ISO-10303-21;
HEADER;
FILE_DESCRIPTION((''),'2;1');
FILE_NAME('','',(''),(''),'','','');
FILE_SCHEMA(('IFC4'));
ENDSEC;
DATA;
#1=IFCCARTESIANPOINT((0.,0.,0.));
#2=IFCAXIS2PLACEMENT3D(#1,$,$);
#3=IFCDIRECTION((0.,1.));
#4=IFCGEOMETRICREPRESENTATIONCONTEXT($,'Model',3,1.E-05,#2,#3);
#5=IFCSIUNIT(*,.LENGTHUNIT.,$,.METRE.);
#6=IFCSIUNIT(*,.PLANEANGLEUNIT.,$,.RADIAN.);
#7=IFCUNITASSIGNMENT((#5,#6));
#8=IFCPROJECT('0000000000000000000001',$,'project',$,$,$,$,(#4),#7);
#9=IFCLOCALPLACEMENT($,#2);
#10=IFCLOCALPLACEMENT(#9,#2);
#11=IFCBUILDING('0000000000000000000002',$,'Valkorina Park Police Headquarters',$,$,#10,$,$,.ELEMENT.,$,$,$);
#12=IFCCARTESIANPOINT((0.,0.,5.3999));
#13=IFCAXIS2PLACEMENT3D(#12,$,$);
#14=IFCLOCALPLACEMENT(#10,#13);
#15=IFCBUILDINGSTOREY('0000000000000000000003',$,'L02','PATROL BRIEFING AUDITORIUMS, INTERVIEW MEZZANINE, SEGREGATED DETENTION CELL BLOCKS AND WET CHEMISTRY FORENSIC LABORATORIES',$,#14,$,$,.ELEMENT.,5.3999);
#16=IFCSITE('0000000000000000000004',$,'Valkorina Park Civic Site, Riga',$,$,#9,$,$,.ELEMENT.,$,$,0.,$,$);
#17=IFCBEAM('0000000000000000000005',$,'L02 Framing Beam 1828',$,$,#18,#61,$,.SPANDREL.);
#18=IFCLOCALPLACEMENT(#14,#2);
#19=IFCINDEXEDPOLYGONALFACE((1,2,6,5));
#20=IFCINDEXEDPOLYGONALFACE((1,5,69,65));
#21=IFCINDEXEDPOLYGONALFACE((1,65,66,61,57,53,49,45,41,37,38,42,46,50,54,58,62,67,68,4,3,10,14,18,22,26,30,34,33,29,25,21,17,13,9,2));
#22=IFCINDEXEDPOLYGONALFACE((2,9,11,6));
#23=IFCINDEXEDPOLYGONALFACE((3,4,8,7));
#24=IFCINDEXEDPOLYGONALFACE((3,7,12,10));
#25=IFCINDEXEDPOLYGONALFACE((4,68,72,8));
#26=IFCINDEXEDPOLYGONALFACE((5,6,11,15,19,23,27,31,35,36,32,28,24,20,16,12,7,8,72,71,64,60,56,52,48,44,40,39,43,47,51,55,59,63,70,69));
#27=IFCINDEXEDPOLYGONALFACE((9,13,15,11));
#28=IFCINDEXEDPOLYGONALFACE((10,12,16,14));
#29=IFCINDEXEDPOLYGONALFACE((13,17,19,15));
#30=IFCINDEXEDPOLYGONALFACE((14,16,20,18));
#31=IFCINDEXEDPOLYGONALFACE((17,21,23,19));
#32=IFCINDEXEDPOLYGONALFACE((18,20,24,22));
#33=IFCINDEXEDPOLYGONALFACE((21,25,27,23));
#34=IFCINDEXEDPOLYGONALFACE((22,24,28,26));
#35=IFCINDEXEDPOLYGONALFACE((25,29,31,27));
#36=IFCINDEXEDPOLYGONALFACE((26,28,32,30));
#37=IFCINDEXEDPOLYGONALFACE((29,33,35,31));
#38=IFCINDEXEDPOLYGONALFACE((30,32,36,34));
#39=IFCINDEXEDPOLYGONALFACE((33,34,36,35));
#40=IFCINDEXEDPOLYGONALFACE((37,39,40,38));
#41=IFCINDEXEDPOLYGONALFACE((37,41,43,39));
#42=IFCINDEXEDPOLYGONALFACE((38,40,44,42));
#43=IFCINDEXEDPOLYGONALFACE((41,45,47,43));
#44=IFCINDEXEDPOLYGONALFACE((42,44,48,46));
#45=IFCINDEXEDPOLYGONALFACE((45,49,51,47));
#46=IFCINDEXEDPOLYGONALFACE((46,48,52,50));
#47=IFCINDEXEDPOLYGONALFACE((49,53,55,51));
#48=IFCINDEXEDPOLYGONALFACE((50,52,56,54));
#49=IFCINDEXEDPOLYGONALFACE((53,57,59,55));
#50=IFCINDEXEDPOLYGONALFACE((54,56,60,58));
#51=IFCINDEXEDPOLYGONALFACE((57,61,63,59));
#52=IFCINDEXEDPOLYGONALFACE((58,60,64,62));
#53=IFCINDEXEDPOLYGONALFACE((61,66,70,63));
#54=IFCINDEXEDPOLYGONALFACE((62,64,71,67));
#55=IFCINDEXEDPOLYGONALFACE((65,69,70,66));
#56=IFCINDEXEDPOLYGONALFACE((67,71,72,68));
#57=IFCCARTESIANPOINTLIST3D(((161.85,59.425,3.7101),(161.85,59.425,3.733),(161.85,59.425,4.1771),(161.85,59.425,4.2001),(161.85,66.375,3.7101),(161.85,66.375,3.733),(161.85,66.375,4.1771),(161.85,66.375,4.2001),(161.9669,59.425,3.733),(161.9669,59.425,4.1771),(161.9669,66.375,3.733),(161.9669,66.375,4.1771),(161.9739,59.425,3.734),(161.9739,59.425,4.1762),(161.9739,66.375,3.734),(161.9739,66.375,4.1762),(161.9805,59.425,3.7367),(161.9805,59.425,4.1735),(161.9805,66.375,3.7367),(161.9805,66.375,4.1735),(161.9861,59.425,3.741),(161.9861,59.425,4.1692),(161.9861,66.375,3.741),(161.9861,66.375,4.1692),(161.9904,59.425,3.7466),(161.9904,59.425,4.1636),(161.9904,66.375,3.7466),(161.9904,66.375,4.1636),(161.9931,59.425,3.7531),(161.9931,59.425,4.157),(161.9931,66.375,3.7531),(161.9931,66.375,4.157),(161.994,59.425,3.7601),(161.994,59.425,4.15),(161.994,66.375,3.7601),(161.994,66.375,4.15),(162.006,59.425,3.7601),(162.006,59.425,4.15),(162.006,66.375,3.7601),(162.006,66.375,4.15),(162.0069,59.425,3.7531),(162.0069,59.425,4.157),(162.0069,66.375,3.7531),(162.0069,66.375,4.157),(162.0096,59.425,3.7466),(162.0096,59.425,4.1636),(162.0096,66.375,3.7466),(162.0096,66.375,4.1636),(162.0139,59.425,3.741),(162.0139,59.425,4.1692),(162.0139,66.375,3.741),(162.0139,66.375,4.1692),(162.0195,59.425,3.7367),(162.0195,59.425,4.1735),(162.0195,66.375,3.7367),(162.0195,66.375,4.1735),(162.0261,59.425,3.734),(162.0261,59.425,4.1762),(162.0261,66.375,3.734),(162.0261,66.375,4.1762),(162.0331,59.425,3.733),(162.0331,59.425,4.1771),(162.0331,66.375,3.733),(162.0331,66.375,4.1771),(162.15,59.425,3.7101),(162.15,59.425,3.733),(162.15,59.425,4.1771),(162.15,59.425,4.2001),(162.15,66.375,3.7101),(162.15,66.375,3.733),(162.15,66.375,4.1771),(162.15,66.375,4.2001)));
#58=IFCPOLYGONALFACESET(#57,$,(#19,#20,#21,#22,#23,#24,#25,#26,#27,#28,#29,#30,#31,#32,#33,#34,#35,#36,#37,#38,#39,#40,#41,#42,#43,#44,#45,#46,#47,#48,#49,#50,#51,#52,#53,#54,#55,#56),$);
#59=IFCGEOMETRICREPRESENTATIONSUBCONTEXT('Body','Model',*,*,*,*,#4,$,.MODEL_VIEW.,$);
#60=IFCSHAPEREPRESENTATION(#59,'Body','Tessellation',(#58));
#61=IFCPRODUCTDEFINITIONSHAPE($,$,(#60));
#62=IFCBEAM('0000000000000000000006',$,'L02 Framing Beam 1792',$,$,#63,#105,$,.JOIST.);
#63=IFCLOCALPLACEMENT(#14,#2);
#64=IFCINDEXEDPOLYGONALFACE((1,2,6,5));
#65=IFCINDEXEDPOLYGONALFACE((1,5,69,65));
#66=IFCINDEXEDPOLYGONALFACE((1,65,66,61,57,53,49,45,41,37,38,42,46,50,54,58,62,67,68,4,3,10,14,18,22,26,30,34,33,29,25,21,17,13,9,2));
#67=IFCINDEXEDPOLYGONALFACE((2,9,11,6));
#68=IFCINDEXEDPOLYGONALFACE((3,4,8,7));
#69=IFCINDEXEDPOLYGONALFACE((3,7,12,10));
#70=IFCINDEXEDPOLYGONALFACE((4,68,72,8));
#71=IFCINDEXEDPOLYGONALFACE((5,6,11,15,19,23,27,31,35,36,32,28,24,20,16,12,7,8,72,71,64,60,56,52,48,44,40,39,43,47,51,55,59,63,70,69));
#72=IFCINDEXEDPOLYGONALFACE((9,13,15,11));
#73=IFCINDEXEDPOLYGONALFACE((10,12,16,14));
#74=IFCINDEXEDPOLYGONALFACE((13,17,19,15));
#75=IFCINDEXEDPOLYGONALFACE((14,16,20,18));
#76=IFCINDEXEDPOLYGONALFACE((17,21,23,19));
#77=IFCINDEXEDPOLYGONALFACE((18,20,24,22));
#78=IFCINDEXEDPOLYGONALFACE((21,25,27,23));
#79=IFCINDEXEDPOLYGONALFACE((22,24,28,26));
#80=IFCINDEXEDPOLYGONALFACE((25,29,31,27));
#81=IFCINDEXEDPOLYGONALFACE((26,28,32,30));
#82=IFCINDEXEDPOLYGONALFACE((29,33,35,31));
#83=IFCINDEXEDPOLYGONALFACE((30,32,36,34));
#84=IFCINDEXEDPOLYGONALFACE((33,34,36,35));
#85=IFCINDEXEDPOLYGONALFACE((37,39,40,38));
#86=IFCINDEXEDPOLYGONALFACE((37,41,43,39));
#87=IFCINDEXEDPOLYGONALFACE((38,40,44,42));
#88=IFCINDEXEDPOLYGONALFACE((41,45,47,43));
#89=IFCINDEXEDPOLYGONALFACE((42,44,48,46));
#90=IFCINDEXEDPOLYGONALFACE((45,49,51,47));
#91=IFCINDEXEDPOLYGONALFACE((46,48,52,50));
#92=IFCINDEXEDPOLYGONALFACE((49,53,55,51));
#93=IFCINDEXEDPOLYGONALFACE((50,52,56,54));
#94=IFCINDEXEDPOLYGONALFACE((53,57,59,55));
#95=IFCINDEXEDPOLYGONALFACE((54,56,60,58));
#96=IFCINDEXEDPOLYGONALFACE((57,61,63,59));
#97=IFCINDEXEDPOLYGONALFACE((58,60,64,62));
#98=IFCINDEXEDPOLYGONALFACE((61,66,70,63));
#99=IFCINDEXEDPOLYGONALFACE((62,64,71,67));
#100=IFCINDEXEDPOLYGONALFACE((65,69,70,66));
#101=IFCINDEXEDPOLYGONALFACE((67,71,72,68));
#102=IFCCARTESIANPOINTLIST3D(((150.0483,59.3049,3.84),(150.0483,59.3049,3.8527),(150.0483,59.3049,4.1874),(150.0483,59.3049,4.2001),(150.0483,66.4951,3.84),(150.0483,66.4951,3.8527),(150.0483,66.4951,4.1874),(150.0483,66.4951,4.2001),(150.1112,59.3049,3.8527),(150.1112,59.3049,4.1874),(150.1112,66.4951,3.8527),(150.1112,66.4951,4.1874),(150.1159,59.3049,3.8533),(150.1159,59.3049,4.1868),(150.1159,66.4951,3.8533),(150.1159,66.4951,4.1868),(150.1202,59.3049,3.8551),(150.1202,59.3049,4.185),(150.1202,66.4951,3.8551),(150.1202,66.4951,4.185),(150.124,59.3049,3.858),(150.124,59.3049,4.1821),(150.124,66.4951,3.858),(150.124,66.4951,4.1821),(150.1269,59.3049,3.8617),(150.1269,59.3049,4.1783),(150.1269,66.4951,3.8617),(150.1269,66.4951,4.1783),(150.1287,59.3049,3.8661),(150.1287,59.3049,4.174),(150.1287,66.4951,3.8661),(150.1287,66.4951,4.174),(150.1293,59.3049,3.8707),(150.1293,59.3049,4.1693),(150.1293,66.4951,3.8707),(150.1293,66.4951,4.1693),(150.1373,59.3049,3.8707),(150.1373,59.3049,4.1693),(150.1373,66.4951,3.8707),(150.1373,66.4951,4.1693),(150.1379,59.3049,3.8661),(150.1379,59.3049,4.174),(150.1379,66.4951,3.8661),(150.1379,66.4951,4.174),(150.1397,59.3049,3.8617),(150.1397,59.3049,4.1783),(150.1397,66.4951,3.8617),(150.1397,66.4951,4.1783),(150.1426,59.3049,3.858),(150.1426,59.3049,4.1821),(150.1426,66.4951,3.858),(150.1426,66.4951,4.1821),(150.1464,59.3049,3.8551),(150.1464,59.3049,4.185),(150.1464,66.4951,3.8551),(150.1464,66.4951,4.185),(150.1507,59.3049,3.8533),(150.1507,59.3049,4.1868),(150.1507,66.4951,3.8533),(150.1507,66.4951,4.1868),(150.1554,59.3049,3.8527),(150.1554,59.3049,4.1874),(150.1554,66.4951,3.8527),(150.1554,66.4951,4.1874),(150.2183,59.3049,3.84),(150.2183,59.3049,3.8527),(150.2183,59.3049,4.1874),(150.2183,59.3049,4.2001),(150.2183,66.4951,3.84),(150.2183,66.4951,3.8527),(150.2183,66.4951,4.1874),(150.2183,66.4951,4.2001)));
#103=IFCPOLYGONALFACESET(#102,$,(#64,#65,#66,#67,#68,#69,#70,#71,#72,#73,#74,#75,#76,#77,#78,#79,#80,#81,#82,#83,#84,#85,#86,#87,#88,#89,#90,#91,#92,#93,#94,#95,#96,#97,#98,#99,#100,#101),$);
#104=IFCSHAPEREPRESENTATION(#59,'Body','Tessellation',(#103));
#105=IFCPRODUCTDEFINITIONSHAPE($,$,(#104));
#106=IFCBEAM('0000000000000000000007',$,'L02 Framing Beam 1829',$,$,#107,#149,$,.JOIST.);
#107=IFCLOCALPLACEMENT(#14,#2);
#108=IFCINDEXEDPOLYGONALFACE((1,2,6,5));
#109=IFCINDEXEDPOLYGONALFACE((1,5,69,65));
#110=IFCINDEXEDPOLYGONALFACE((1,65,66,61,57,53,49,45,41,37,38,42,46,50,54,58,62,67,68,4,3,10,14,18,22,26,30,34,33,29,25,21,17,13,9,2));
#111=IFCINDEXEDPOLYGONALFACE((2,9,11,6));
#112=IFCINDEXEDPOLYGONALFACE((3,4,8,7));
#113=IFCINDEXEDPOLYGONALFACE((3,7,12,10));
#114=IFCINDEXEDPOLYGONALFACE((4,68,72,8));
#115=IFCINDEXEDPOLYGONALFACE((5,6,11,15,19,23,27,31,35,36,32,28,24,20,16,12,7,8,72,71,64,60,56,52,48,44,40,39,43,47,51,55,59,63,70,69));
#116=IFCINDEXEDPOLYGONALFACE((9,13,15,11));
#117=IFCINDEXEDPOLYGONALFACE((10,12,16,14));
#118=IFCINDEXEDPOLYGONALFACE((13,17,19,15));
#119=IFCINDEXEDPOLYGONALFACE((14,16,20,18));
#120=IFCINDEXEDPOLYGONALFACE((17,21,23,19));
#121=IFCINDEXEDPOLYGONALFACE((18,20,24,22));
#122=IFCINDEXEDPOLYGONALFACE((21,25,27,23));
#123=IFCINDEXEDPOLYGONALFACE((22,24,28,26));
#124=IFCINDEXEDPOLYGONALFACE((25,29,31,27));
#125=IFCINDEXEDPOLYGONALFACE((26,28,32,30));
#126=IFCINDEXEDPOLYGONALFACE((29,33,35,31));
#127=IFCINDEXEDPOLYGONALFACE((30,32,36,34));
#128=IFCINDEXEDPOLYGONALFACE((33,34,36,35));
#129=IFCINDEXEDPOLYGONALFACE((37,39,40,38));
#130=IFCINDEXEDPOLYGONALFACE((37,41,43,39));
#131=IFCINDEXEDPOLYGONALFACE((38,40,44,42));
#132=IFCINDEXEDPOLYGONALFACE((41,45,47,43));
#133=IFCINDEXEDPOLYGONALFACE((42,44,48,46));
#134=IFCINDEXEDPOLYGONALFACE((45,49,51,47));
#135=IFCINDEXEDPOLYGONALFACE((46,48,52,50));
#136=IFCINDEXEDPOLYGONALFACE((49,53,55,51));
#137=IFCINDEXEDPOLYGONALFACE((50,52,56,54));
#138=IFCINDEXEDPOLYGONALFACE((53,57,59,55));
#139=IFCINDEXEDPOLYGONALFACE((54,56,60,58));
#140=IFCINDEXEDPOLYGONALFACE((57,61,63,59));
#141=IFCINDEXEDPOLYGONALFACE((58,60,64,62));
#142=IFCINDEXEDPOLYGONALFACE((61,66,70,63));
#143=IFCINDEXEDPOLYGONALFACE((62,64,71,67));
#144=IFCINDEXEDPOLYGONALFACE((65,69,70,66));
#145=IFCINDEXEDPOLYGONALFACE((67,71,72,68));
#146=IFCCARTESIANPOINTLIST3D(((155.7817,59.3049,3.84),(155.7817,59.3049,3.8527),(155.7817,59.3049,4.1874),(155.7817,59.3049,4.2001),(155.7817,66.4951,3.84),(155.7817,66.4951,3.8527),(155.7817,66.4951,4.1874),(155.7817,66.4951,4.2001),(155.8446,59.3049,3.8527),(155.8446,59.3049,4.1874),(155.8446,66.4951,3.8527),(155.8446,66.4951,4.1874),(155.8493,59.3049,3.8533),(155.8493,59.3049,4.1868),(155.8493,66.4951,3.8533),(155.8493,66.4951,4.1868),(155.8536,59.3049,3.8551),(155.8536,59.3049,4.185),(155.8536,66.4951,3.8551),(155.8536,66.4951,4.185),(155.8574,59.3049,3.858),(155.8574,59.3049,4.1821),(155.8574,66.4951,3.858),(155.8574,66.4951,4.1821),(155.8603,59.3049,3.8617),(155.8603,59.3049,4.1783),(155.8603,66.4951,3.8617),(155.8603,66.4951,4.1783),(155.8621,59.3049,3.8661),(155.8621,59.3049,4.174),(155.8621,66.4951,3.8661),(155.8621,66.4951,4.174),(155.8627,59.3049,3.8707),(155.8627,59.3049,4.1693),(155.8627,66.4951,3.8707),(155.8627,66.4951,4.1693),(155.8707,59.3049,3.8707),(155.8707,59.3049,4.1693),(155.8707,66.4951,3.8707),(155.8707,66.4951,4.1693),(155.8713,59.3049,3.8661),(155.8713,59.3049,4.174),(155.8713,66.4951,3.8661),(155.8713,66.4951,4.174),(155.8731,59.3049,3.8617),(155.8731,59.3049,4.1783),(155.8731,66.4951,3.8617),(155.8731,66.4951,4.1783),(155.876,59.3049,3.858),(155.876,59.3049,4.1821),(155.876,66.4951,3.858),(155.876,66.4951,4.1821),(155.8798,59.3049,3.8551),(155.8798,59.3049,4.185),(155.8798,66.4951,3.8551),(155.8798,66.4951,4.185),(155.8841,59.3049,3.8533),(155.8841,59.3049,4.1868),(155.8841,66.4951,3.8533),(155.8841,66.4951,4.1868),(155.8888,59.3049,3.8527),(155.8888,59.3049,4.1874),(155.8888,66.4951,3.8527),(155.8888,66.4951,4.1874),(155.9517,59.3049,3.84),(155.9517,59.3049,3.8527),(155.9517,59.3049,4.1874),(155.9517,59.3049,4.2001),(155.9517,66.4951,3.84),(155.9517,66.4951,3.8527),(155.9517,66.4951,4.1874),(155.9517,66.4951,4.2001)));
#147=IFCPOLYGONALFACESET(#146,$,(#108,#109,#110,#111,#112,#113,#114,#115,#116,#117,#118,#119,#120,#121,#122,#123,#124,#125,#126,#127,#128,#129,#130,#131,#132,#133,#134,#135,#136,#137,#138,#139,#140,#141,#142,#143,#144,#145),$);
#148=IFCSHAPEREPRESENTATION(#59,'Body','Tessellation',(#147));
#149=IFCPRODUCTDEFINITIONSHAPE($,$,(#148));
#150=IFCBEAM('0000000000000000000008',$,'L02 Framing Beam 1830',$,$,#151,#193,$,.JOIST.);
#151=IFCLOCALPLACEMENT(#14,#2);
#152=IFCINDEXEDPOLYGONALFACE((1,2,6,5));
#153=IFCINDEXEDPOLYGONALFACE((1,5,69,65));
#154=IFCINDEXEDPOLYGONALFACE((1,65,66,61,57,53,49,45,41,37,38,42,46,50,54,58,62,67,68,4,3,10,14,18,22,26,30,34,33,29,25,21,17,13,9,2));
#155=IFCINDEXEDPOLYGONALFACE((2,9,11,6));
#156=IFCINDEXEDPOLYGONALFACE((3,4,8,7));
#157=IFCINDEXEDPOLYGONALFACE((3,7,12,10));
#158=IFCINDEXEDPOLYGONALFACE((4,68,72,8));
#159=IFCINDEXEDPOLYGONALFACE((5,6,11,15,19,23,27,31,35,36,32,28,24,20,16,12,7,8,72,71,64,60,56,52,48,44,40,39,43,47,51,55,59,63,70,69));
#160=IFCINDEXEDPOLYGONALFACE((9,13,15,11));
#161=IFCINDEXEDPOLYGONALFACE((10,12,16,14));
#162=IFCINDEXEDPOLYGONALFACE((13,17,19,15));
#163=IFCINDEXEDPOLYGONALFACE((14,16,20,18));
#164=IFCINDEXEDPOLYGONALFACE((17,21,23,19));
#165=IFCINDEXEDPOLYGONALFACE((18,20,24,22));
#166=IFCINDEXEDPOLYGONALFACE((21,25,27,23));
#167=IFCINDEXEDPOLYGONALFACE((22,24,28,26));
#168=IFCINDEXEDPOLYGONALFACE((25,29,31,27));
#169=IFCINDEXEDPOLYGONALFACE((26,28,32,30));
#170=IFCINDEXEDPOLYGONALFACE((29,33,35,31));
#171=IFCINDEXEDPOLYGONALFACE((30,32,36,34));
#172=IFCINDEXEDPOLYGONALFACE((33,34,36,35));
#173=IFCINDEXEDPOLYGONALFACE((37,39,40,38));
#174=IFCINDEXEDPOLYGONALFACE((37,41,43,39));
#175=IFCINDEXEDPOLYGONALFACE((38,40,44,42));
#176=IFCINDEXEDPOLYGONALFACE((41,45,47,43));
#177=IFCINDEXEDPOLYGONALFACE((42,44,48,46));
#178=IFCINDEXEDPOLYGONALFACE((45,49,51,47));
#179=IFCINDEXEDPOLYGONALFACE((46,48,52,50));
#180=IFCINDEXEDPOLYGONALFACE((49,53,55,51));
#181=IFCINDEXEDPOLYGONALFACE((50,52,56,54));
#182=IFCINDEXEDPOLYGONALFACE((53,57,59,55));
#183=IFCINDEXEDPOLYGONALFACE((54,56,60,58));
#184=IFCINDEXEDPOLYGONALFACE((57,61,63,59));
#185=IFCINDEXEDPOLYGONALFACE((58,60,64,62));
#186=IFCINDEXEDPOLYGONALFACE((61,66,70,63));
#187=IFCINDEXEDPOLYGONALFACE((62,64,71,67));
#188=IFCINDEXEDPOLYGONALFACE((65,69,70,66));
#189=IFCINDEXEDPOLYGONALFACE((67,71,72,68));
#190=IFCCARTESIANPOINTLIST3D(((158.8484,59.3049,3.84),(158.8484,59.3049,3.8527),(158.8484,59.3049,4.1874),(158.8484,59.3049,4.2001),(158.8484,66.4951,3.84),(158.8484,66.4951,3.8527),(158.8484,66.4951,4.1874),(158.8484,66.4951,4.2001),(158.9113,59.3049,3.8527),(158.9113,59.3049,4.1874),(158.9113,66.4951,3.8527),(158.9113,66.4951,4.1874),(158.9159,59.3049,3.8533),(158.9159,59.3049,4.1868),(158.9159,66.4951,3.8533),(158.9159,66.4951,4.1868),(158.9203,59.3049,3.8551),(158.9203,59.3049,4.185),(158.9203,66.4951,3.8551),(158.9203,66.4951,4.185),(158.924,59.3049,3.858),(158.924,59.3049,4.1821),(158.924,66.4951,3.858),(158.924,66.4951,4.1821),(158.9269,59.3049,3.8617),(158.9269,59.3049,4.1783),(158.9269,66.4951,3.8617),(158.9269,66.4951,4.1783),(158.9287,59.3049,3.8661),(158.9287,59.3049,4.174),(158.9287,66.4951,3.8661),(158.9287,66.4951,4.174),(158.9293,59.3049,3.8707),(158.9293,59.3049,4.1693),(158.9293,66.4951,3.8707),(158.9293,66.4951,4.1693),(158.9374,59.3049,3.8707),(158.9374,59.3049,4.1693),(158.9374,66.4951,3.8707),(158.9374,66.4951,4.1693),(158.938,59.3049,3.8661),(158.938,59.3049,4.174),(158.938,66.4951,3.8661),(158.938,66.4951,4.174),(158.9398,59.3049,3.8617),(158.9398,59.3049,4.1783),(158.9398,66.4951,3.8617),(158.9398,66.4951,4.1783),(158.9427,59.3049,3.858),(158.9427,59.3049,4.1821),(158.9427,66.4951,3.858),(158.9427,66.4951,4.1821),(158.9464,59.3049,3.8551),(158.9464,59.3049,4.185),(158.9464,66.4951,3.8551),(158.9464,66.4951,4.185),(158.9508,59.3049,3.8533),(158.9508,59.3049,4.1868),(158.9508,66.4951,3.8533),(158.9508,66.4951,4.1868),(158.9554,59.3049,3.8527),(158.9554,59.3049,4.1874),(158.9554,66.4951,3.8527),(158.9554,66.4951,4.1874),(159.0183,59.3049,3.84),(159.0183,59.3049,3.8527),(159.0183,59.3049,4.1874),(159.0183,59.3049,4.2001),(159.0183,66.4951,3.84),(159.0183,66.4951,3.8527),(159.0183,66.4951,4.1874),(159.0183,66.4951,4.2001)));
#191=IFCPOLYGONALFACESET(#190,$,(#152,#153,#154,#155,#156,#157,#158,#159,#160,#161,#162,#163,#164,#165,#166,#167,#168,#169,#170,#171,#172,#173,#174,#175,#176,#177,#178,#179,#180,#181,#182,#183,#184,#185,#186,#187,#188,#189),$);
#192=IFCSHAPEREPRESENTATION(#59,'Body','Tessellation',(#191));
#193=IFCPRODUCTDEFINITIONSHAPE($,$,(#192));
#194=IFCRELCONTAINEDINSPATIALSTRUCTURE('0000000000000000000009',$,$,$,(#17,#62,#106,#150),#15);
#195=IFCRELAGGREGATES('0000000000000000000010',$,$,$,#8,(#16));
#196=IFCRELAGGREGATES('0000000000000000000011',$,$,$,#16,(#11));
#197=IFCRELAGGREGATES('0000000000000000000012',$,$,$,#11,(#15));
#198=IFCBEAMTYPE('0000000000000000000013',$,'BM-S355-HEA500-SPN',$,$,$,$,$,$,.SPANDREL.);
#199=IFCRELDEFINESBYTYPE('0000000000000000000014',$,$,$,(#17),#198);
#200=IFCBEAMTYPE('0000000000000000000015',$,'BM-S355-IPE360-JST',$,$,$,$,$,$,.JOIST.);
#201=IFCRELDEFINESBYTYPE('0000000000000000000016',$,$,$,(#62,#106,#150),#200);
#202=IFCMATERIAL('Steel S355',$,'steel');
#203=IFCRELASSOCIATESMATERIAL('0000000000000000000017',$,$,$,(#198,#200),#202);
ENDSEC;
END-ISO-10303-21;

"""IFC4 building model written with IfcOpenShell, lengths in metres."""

from ifc_helpers import new_model, si_unit, direction, frame, origin, origin_2d, place, context, subcontext, project, spatial, i_section, extrude, material, material_profile, profile_set, type_object, element, save


model = new_model("IFC4")

# Units and contexts
model_context = context("Model", 3, precision=1e-05, world=origin(), true_north=direction((0.0, 1.0)))
body_context = subcontext(model_context, "Body", "Model", "MODEL_VIEW")
ifc_project = project(units=[si_unit("LENGTHUNIT", "METRE"), si_unit("PLANEANGLEUNIT", "RADIAN")], contexts=[model_context])

# Site, building, storey
site_placement = place(None, origin())
site = spatial("IfcSite", under=ifc_project, at=site_placement, Name="Valkorina Park Civic Site, Riga", CompositionType="ELEMENT", RefElevation=0.0)
building_placement = place(site_placement, origin())
building = spatial("IfcBuilding", under=site, at=building_placement, Name="Valkorina Park Police Headquarters", CompositionType="ELEMENT")
storey_placement = place(building_placement, frame((0.0, 0.0, 5.3999)))
storey = spatial("IfcBuildingStorey", under=building, at=storey_placement, Name="L02", Description="PATROL BRIEFING AUDITORIUMS, INTERVIEW MEZZANINE, SEGREGATED DETENTION CELL BLOCKS AND WET CHEMISTRY FORENSIC LABORATORIES", CompositionType="ELEMENT", Elevation=5.3999)

# Shared definitions
ifc_material_1 = material(Name="Steel S355", Category="steel")

# Beams
ifc_material_profile_1 = material_profile(ifc_material_1, i_section(OverallWidth=0.3, OverallDepth=0.49, WebThickness=0.012, FlangeThickness=0.0229, FilletRadius=0.0271, at=origin_2d()), Name="HEA 500")
ifc_profile_set_1 = profile_set([ifc_material_profile_1], Name="Steel S355")
beam_type_1 = type_object("IfcBeamType", Name="BM-S355-HEA500-SPN", PredefinedType="SPANDREL", material=ifc_profile_set_1)
beam_1_placement = place(storey_placement, frame((162.0, 59.425, 3.9551), z_axis=(0.0, 1.0, 0.0), x_axis=(-1.0, 0.0, 0.0)))
element("IfcBeam", 1, at=beam_1_placement, inside=storey, type_object=beam_type_1, Name="L02 Framing Beam 1828", PredefinedType="SPANDREL", context=body_context, shape_type="SweptSolid", body=[
    extrude(i_section(OverallWidth=0.3, OverallDepth=0.49, WebThickness=0.012, FlangeThickness=0.0229, FilletRadius=0.0271, at=origin_2d()), origin(), (0.0, 0.0, 1.0), 6.95),
])
ifc_material_profile_2 = material_profile(ifc_material_1, i_section(OverallWidth=0.1699, OverallDepth=0.3601, WebThickness=0.0081, FlangeThickness=0.0127, FilletRadius=0.0181, at=origin_2d()), Name="IPE 360")
ifc_profile_set_2 = profile_set([ifc_material_profile_2], Name="Steel S355")
beam_type_2 = type_object("IfcBeamType", Name="BM-S355-IPE360-JST", PredefinedType="JOIST", material=ifc_profile_set_2)
for number, where, z_axis, x_axis, name in (
    (2, (150.1333, 59.3049, 4.02), (0.0, 1.0, 0.0), (-1.0, 0.0, 0.0), "L02 Framing Beam 1792"),
    (3, (155.8667, 59.3049, 4.02), (0.0, 1.0, 0.0), (-1.0, 0.0, 0.0), "L02 Framing Beam 1829"),
    (4, (158.9333, 59.3049, 4.02), (0.0, 1.0, 0.0), (-1.0, 0.0, 0.0), "L02 Framing Beam 1830"),
):
    element("IfcBeam", number, at=place(storey_placement, frame(where, z_axis=z_axis, x_axis=x_axis)), inside=storey, type_object=beam_type_2, Name=name, PredefinedType="JOIST", context=body_context, shape_type="SweptSolid", body=[
        extrude(i_section(OverallWidth=0.1699, OverallDepth=0.3601, WebThickness=0.0081, FlangeThickness=0.0127, FilletRadius=0.0181, at=origin_2d()), origin(), (0.0, 0.0, 1.0), 7.1902),
    ])

save(model, "model.ifc")
